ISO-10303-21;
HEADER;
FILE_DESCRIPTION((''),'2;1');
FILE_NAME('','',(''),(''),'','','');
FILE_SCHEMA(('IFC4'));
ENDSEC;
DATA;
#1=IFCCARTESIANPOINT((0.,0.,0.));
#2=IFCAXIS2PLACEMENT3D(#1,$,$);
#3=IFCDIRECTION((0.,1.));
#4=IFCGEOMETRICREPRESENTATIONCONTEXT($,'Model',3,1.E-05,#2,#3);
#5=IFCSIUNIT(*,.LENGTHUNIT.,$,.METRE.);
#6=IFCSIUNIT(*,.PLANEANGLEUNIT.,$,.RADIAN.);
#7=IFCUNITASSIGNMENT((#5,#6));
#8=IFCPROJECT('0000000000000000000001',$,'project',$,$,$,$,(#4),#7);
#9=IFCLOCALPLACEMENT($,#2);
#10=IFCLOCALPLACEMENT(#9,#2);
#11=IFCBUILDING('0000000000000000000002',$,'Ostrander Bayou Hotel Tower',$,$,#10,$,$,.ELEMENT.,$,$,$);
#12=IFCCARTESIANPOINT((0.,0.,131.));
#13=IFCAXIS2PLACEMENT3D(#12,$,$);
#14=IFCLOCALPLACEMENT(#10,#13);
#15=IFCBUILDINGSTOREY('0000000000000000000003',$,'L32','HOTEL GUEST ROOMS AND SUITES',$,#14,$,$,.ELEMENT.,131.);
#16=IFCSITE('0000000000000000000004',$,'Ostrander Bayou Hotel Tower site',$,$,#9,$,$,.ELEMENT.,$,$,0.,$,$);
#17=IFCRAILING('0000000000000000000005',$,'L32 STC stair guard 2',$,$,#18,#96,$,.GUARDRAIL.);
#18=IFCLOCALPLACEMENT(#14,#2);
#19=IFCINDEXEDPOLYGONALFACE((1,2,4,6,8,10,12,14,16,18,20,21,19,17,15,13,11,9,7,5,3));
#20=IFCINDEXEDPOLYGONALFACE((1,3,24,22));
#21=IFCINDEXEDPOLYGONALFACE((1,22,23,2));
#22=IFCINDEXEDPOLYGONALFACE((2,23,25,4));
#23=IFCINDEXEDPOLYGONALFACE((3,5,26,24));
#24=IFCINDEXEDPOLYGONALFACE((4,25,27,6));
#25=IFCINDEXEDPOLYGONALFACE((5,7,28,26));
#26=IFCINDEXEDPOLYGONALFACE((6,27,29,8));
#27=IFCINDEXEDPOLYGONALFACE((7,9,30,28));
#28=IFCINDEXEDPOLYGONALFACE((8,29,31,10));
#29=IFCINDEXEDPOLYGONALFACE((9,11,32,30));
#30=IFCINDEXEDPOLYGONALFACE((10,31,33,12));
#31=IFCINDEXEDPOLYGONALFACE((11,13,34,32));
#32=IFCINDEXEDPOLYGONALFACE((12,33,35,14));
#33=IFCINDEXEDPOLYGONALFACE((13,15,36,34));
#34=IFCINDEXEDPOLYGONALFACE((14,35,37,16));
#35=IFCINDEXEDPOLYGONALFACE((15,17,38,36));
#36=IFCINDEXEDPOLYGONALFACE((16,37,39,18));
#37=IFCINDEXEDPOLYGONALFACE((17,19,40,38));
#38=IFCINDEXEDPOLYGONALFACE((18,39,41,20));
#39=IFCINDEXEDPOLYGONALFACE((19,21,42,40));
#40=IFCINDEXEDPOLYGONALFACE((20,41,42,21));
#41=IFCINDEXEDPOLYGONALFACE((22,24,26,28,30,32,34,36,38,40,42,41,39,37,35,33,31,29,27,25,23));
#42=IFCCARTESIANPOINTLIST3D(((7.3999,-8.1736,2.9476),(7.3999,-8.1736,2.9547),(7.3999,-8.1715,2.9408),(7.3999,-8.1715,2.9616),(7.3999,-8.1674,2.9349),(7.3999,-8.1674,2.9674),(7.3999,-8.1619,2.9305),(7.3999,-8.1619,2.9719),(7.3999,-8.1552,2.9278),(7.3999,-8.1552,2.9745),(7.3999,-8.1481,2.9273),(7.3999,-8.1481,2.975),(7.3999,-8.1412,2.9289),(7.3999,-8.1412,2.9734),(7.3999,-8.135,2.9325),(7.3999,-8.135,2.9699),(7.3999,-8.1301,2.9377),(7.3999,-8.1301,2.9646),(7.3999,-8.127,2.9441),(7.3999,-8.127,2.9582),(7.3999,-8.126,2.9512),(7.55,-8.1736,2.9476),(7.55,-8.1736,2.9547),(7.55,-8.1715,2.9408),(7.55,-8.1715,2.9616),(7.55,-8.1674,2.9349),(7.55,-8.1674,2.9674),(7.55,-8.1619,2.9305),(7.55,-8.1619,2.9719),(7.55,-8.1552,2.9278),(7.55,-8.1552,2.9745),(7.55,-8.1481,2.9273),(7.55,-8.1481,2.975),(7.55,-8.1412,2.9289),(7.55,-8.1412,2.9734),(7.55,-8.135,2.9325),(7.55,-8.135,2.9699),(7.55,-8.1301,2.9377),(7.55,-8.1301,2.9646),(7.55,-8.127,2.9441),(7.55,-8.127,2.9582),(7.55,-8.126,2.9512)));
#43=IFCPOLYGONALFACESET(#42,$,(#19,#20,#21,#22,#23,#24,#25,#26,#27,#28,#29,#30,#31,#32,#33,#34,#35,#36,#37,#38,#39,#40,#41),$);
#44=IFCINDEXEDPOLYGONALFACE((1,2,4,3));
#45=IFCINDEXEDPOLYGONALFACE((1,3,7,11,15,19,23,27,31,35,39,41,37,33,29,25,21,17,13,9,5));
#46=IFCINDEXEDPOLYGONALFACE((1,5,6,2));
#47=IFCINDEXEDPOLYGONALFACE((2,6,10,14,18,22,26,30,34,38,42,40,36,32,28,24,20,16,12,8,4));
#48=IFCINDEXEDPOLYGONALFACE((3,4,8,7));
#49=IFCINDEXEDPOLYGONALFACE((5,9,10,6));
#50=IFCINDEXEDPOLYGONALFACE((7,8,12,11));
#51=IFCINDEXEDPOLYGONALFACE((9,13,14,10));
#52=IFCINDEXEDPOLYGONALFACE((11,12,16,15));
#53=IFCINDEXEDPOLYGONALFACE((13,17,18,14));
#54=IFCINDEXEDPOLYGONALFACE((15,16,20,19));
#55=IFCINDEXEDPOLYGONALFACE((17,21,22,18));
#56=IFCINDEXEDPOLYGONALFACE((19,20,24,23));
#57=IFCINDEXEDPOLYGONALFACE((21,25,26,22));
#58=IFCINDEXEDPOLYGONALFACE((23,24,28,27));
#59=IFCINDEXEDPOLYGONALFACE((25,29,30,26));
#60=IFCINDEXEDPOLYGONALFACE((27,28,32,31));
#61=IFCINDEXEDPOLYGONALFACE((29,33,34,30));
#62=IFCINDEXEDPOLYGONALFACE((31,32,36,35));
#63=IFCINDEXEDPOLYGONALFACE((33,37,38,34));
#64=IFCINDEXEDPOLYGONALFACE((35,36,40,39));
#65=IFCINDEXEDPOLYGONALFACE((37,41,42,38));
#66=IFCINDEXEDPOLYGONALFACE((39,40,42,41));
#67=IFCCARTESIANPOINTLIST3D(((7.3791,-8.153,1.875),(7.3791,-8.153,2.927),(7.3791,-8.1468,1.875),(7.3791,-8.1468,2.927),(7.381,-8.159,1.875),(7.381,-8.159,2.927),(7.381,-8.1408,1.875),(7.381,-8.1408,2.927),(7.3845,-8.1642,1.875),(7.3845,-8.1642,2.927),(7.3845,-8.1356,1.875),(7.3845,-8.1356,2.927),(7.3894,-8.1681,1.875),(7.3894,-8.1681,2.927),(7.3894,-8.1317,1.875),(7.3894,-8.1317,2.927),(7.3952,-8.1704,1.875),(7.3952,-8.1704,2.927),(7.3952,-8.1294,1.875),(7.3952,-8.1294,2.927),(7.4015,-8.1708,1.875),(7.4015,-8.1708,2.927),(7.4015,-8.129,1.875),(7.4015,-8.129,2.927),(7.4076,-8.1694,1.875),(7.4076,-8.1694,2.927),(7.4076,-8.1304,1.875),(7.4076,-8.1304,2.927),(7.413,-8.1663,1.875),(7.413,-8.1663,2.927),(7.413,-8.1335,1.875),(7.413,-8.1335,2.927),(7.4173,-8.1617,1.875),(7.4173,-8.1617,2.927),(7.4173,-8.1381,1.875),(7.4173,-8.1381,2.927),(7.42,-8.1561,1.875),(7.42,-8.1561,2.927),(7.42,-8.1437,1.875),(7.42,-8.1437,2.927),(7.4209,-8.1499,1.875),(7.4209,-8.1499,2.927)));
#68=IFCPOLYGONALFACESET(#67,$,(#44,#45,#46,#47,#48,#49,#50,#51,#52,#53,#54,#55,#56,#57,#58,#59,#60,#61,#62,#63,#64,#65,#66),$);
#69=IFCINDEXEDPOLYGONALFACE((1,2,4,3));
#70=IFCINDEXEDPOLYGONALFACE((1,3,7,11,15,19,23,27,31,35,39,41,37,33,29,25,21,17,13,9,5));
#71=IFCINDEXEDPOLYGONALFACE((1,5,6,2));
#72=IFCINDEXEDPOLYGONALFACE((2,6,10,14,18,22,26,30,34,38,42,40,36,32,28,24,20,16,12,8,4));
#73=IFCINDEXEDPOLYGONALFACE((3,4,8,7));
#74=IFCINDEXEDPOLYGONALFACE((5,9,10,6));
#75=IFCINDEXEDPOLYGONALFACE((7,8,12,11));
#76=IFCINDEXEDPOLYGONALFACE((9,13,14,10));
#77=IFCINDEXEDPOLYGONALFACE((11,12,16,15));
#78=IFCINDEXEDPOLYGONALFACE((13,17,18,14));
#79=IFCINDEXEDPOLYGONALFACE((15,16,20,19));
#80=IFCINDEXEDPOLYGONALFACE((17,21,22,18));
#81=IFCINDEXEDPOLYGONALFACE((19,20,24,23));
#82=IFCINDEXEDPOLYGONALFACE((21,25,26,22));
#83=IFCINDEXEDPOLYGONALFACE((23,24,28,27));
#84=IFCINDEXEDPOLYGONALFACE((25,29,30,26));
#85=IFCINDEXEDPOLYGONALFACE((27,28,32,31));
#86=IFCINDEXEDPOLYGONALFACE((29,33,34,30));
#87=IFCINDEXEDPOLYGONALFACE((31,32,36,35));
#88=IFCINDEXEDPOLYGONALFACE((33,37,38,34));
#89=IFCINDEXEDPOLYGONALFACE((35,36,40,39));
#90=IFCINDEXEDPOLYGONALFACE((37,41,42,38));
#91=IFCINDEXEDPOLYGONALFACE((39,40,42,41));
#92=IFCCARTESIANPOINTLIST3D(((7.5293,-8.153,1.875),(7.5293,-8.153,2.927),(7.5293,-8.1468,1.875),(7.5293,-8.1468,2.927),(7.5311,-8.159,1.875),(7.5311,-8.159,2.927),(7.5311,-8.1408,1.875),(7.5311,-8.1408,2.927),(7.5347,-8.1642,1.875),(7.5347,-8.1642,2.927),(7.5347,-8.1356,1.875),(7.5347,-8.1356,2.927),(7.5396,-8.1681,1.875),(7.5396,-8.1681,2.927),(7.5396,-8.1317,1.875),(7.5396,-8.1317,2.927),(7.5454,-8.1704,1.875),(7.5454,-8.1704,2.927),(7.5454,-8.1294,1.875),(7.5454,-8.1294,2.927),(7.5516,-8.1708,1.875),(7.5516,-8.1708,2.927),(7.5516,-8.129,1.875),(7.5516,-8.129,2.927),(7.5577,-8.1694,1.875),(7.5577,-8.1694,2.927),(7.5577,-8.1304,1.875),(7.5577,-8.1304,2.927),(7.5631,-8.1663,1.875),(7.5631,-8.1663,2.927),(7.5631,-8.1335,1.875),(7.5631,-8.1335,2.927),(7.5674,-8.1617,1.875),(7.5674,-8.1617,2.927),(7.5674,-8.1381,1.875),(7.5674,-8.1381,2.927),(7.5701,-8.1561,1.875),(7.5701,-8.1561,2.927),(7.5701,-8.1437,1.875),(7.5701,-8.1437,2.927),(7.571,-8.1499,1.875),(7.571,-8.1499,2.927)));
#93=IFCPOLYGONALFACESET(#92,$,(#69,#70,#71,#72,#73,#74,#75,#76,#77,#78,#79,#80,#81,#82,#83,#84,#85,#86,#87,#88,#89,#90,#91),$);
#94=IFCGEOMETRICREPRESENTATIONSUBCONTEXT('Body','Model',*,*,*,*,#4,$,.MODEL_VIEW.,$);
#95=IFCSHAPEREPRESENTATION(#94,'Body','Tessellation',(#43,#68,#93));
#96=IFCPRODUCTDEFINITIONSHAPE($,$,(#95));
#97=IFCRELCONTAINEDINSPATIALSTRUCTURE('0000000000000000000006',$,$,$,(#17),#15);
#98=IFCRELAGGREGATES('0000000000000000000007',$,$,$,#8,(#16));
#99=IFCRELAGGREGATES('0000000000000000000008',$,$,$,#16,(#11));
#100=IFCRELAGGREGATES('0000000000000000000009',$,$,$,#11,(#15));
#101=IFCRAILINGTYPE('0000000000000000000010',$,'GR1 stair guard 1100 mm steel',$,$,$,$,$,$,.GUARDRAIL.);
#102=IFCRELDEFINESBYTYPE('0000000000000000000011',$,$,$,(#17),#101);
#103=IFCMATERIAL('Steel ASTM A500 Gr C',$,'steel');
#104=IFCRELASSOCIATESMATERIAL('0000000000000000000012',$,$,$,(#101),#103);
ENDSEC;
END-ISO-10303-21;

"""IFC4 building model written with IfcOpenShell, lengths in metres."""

from ifc_helpers import new_model, si_unit, direction, frame, origin, origin_2d, place, context, subcontext, project, spatial, circle, extrude, material, type_object, element, save


model = new_model("IFC4")

# Units and contexts
model_context = context("Model", 3, precision=1e-05, world=origin(), true_north=direction((0.0, 1.0)))
body_context = subcontext(model_context, "Body", "Model", "MODEL_VIEW")
ifc_project = project(units=[si_unit("LENGTHUNIT", "METRE"), si_unit("PLANEANGLEUNIT", "RADIAN")], contexts=[model_context])

# Site, building, storey
site_placement = place(None, origin())
site = spatial("IfcSite", under=ifc_project, at=site_placement, Name="Ostrander Bayou Hotel Tower site", CompositionType="ELEMENT", RefElevation=0.0)
building_placement = place(site_placement, origin())
building = spatial("IfcBuilding", under=site, at=building_placement, Name="Ostrander Bayou Hotel Tower", CompositionType="ELEMENT")
storey_placement = place(building_placement, frame((0.0, 0.0, 131.0)))
storey = spatial("IfcBuildingStorey", under=building, at=storey_placement, Name="L32", Description="HOTEL GUEST ROOMS AND SUITES", CompositionType="ELEMENT", Elevation=131.0)

# Railing
ifc_material_1 = material(Name="Steel ASTM A500 Gr C", Category="steel")
railing_type_1 = type_object("IfcRailingType", Name="GR1 stair guard 1100 mm steel", PredefinedType="GUARDRAIL", material=ifc_material_1)
railing_1_placement = place(storey_placement, frame((7.3999, -8.1499, 1.875)))
element("IfcRailing", 1, at=railing_1_placement, inside=storey, type_object=railing_type_1, Name="L32 STC stair guard 2", PredefinedType="GUARDRAIL", context=body_context, shape_type="SweptSolid", body=[
    extrude(circle(Radius=0.0239, at=origin_2d()), frame((0.0, 0.0, 1.0762), z_axis=(1.0, 0.0, 0.0), x_axis=(0.0, 1.0, 0.0)), (0.0, 0.0, 1.0), 0.1501),
    extrude(circle(Radius=0.021, at=origin_2d()), origin(), (0.0, 0.0, 1.0), 1.052),
    extrude(circle(Radius=0.021, at=origin_2d()), frame((0.1501, 0.0, 0.0)), (0.0, 0.0, 1.0), 1.052),
])

save(model, "model.ifc")
